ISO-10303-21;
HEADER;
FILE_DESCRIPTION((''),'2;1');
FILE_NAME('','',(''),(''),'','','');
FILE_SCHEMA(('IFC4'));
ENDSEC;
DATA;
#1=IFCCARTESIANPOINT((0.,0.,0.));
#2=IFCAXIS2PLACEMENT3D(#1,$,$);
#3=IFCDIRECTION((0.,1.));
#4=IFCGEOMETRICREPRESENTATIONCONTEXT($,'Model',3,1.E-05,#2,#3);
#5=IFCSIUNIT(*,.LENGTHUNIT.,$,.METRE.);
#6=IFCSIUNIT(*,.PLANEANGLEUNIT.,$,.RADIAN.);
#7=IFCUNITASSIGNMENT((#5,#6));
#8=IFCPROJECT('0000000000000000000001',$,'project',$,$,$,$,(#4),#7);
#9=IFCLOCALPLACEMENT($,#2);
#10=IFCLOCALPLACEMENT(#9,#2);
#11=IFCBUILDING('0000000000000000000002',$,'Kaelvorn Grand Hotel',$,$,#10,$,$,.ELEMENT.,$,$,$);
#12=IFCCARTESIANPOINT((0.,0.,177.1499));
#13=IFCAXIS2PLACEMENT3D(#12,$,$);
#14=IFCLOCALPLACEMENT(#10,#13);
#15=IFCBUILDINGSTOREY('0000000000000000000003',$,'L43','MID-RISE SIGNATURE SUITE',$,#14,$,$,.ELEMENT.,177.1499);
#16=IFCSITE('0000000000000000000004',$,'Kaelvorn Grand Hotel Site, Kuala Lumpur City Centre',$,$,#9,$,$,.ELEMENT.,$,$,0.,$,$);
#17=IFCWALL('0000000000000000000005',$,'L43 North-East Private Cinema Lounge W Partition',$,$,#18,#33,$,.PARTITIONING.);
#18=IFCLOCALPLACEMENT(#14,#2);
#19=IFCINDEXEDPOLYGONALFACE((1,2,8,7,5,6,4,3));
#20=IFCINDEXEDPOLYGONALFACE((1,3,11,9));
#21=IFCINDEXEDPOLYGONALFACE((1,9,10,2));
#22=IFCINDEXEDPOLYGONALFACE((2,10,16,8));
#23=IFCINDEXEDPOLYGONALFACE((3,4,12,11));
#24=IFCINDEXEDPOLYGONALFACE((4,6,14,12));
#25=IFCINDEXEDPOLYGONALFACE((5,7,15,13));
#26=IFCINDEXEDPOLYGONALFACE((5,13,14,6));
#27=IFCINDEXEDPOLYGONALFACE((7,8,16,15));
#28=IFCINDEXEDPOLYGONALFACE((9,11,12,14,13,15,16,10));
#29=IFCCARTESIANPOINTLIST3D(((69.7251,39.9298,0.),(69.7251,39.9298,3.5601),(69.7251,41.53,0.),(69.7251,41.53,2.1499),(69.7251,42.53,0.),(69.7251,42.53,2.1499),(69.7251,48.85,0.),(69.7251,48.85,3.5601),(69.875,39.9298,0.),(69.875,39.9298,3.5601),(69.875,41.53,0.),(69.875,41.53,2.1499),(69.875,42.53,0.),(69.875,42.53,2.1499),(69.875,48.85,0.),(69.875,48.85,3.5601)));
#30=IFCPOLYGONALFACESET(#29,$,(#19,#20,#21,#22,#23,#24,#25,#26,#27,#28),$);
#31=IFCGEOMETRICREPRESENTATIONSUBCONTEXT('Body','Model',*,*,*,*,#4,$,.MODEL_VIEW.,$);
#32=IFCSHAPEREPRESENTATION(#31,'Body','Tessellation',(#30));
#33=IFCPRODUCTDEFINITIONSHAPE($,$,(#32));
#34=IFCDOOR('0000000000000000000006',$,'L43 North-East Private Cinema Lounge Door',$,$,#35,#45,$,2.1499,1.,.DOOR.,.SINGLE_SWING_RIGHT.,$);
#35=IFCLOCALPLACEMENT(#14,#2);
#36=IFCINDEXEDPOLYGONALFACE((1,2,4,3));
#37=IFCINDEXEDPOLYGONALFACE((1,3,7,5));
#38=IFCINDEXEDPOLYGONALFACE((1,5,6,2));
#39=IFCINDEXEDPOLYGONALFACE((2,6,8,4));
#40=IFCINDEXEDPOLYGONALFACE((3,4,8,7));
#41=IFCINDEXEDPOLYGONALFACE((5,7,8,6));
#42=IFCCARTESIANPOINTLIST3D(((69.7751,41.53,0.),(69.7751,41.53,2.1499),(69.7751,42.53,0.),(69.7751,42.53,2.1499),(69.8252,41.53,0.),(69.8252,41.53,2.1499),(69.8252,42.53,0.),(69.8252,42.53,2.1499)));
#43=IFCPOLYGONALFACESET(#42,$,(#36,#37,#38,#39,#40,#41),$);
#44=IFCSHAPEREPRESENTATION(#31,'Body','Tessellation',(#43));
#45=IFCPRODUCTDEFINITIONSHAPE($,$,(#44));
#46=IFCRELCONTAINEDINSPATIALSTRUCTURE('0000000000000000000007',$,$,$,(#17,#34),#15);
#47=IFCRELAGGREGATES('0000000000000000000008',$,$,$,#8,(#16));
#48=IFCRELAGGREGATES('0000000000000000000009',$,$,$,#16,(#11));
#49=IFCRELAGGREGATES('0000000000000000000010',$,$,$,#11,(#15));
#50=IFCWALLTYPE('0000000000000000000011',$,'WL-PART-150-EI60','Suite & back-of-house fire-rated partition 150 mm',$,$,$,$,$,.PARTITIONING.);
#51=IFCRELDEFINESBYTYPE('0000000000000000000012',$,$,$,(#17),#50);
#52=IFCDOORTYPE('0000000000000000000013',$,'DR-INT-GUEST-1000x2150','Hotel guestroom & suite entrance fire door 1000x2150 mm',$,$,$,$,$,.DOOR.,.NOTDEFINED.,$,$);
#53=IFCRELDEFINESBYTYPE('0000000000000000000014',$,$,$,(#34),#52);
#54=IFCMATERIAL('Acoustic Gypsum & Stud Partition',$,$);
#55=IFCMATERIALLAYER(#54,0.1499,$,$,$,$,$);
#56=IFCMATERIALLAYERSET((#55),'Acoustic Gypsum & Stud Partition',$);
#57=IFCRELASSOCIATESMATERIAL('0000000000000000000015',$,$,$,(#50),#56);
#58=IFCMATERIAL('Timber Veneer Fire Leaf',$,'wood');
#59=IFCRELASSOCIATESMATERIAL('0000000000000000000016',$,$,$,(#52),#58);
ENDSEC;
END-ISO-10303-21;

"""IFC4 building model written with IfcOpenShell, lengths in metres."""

from ifc_helpers import new_model, si_unit, direction, frame, frame_2d, origin, place, context, subcontext, project, spatial, rectangle, extrude, material, layer, layer_set, type_object, element, fill, save


model = new_model("IFC4")

# Units and contexts
model_context = context("Model", 3, precision=1e-05, world=origin(), true_north=direction((0.0, 1.0)))
body_context = subcontext(model_context, "Body", "Model", "MODEL_VIEW")
ifc_project = project(units=[si_unit("LENGTHUNIT", "METRE"), si_unit("PLANEANGLEUNIT", "RADIAN")], contexts=[model_context])

# Site, building, storey
site_placement = place(None, origin())
site = spatial("IfcSite", under=ifc_project, at=site_placement, Name="Kaelvorn Grand Hotel Site, Kuala Lumpur City Centre", CompositionType="ELEMENT", RefElevation=0.0)
building_placement = place(site_placement, origin())
building = spatial("IfcBuilding", under=site, at=building_placement, Name="Kaelvorn Grand Hotel", CompositionType="ELEMENT")
storey_placement = place(building_placement, frame((0.0, 0.0, 177.1499)))
storey = spatial("IfcBuildingStorey", under=building, at=storey_placement, Name="L43", Description="MID-RISE SIGNATURE SUITE", CompositionType="ELEMENT", Elevation=177.1499)

# Shared definitions
ifc_material_1 = material(Name="Acoustic Gypsum & Stud Partition")
ifc_layer_1 = layer(ifc_material_1, 0.1499)
ifc_layer_set_1 = layer_set([ifc_layer_1], Name="Acoustic Gypsum & Stud Partition")
wall_type = type_object("IfcWallType", Name="WL-PART-150-EI60", Description="Suite & back-of-house fire-rated partition 150 mm", PredefinedType="PARTITIONING", material=ifc_layer_set_1)

# Wall, opening, door
ifc_material_2 = material(Name="Timber Veneer Fire Leaf", Category="wood")
door_type = type_object("IfcDoorType", Name="DR-INT-GUEST-1000x2150", Description="Hotel guestroom & suite entrance fire door 1000x2150 mm", OperationType="NOTDEFINED", PredefinedType="DOOR", material=ifc_material_2)
wall_1_placement = place(storey_placement, frame((69.8, 39.9299, 0.0), z_axis=(0.0, 0.0, 1.0), x_axis=(0.0, 1.0, 0.0)))
wall_1 = element("IfcWall", 1, at=wall_1_placement, inside=storey, type_object=wall_type, Name="L43 North-East Private Cinema Lounge W Partition", PredefinedType="PARTITIONING", context=body_context, shape_type="SweptSolid", body=[
    extrude(rectangle(XDim=8.9202, YDim=0.1499, at=frame_2d((4.46, 0.0))), origin(), (0.0, 0.0, 1.0), 3.5601),
])
opening_1_placement = place(wall_1_placement, frame((1.6001, 0.0, 0.0)))
opening_1 = element("IfcOpeningElement", 2, at=opening_1_placement, cuts=wall_1, PredefinedType="OPENING", context=body_context, shape_type="SweptSolid", body=[
    extrude(rectangle(XDim=1.0, YDim=2.1499, at=frame_2d((0.5, 1.075))), frame((0.0, 0.085, 0.0), z_axis=(0.0, -1.0, 0.0), x_axis=(1.0, 0.0, 0.0)), (0.0, 0.0, 1.0), 0.1699),
])
door_1_placement = place(opening_1_placement, origin())
door_1 = element("IfcDoor", 3, at=door_1_placement, inside=storey, type_object=door_type, Name="L43 North-East Private Cinema Lounge Door", OperationType="SINGLE_SWING_RIGHT", OverallHeight=2.1499, OverallWidth=1.0, PredefinedType="DOOR", context=body_context, shape_type="SweptSolid", body=[
    extrude(rectangle(XDim=1.0, YDim=2.1499, at=frame_2d((0.5, 1.075))), frame((0.0, 0.0249, 0.0), z_axis=(0.0, -1.0, 0.0), x_axis=(1.0, 0.0, 0.0)), (0.0, 0.0, 1.0), 0.05),
])
fill(opening_1, door_1)

save(model, "model.ifc")
